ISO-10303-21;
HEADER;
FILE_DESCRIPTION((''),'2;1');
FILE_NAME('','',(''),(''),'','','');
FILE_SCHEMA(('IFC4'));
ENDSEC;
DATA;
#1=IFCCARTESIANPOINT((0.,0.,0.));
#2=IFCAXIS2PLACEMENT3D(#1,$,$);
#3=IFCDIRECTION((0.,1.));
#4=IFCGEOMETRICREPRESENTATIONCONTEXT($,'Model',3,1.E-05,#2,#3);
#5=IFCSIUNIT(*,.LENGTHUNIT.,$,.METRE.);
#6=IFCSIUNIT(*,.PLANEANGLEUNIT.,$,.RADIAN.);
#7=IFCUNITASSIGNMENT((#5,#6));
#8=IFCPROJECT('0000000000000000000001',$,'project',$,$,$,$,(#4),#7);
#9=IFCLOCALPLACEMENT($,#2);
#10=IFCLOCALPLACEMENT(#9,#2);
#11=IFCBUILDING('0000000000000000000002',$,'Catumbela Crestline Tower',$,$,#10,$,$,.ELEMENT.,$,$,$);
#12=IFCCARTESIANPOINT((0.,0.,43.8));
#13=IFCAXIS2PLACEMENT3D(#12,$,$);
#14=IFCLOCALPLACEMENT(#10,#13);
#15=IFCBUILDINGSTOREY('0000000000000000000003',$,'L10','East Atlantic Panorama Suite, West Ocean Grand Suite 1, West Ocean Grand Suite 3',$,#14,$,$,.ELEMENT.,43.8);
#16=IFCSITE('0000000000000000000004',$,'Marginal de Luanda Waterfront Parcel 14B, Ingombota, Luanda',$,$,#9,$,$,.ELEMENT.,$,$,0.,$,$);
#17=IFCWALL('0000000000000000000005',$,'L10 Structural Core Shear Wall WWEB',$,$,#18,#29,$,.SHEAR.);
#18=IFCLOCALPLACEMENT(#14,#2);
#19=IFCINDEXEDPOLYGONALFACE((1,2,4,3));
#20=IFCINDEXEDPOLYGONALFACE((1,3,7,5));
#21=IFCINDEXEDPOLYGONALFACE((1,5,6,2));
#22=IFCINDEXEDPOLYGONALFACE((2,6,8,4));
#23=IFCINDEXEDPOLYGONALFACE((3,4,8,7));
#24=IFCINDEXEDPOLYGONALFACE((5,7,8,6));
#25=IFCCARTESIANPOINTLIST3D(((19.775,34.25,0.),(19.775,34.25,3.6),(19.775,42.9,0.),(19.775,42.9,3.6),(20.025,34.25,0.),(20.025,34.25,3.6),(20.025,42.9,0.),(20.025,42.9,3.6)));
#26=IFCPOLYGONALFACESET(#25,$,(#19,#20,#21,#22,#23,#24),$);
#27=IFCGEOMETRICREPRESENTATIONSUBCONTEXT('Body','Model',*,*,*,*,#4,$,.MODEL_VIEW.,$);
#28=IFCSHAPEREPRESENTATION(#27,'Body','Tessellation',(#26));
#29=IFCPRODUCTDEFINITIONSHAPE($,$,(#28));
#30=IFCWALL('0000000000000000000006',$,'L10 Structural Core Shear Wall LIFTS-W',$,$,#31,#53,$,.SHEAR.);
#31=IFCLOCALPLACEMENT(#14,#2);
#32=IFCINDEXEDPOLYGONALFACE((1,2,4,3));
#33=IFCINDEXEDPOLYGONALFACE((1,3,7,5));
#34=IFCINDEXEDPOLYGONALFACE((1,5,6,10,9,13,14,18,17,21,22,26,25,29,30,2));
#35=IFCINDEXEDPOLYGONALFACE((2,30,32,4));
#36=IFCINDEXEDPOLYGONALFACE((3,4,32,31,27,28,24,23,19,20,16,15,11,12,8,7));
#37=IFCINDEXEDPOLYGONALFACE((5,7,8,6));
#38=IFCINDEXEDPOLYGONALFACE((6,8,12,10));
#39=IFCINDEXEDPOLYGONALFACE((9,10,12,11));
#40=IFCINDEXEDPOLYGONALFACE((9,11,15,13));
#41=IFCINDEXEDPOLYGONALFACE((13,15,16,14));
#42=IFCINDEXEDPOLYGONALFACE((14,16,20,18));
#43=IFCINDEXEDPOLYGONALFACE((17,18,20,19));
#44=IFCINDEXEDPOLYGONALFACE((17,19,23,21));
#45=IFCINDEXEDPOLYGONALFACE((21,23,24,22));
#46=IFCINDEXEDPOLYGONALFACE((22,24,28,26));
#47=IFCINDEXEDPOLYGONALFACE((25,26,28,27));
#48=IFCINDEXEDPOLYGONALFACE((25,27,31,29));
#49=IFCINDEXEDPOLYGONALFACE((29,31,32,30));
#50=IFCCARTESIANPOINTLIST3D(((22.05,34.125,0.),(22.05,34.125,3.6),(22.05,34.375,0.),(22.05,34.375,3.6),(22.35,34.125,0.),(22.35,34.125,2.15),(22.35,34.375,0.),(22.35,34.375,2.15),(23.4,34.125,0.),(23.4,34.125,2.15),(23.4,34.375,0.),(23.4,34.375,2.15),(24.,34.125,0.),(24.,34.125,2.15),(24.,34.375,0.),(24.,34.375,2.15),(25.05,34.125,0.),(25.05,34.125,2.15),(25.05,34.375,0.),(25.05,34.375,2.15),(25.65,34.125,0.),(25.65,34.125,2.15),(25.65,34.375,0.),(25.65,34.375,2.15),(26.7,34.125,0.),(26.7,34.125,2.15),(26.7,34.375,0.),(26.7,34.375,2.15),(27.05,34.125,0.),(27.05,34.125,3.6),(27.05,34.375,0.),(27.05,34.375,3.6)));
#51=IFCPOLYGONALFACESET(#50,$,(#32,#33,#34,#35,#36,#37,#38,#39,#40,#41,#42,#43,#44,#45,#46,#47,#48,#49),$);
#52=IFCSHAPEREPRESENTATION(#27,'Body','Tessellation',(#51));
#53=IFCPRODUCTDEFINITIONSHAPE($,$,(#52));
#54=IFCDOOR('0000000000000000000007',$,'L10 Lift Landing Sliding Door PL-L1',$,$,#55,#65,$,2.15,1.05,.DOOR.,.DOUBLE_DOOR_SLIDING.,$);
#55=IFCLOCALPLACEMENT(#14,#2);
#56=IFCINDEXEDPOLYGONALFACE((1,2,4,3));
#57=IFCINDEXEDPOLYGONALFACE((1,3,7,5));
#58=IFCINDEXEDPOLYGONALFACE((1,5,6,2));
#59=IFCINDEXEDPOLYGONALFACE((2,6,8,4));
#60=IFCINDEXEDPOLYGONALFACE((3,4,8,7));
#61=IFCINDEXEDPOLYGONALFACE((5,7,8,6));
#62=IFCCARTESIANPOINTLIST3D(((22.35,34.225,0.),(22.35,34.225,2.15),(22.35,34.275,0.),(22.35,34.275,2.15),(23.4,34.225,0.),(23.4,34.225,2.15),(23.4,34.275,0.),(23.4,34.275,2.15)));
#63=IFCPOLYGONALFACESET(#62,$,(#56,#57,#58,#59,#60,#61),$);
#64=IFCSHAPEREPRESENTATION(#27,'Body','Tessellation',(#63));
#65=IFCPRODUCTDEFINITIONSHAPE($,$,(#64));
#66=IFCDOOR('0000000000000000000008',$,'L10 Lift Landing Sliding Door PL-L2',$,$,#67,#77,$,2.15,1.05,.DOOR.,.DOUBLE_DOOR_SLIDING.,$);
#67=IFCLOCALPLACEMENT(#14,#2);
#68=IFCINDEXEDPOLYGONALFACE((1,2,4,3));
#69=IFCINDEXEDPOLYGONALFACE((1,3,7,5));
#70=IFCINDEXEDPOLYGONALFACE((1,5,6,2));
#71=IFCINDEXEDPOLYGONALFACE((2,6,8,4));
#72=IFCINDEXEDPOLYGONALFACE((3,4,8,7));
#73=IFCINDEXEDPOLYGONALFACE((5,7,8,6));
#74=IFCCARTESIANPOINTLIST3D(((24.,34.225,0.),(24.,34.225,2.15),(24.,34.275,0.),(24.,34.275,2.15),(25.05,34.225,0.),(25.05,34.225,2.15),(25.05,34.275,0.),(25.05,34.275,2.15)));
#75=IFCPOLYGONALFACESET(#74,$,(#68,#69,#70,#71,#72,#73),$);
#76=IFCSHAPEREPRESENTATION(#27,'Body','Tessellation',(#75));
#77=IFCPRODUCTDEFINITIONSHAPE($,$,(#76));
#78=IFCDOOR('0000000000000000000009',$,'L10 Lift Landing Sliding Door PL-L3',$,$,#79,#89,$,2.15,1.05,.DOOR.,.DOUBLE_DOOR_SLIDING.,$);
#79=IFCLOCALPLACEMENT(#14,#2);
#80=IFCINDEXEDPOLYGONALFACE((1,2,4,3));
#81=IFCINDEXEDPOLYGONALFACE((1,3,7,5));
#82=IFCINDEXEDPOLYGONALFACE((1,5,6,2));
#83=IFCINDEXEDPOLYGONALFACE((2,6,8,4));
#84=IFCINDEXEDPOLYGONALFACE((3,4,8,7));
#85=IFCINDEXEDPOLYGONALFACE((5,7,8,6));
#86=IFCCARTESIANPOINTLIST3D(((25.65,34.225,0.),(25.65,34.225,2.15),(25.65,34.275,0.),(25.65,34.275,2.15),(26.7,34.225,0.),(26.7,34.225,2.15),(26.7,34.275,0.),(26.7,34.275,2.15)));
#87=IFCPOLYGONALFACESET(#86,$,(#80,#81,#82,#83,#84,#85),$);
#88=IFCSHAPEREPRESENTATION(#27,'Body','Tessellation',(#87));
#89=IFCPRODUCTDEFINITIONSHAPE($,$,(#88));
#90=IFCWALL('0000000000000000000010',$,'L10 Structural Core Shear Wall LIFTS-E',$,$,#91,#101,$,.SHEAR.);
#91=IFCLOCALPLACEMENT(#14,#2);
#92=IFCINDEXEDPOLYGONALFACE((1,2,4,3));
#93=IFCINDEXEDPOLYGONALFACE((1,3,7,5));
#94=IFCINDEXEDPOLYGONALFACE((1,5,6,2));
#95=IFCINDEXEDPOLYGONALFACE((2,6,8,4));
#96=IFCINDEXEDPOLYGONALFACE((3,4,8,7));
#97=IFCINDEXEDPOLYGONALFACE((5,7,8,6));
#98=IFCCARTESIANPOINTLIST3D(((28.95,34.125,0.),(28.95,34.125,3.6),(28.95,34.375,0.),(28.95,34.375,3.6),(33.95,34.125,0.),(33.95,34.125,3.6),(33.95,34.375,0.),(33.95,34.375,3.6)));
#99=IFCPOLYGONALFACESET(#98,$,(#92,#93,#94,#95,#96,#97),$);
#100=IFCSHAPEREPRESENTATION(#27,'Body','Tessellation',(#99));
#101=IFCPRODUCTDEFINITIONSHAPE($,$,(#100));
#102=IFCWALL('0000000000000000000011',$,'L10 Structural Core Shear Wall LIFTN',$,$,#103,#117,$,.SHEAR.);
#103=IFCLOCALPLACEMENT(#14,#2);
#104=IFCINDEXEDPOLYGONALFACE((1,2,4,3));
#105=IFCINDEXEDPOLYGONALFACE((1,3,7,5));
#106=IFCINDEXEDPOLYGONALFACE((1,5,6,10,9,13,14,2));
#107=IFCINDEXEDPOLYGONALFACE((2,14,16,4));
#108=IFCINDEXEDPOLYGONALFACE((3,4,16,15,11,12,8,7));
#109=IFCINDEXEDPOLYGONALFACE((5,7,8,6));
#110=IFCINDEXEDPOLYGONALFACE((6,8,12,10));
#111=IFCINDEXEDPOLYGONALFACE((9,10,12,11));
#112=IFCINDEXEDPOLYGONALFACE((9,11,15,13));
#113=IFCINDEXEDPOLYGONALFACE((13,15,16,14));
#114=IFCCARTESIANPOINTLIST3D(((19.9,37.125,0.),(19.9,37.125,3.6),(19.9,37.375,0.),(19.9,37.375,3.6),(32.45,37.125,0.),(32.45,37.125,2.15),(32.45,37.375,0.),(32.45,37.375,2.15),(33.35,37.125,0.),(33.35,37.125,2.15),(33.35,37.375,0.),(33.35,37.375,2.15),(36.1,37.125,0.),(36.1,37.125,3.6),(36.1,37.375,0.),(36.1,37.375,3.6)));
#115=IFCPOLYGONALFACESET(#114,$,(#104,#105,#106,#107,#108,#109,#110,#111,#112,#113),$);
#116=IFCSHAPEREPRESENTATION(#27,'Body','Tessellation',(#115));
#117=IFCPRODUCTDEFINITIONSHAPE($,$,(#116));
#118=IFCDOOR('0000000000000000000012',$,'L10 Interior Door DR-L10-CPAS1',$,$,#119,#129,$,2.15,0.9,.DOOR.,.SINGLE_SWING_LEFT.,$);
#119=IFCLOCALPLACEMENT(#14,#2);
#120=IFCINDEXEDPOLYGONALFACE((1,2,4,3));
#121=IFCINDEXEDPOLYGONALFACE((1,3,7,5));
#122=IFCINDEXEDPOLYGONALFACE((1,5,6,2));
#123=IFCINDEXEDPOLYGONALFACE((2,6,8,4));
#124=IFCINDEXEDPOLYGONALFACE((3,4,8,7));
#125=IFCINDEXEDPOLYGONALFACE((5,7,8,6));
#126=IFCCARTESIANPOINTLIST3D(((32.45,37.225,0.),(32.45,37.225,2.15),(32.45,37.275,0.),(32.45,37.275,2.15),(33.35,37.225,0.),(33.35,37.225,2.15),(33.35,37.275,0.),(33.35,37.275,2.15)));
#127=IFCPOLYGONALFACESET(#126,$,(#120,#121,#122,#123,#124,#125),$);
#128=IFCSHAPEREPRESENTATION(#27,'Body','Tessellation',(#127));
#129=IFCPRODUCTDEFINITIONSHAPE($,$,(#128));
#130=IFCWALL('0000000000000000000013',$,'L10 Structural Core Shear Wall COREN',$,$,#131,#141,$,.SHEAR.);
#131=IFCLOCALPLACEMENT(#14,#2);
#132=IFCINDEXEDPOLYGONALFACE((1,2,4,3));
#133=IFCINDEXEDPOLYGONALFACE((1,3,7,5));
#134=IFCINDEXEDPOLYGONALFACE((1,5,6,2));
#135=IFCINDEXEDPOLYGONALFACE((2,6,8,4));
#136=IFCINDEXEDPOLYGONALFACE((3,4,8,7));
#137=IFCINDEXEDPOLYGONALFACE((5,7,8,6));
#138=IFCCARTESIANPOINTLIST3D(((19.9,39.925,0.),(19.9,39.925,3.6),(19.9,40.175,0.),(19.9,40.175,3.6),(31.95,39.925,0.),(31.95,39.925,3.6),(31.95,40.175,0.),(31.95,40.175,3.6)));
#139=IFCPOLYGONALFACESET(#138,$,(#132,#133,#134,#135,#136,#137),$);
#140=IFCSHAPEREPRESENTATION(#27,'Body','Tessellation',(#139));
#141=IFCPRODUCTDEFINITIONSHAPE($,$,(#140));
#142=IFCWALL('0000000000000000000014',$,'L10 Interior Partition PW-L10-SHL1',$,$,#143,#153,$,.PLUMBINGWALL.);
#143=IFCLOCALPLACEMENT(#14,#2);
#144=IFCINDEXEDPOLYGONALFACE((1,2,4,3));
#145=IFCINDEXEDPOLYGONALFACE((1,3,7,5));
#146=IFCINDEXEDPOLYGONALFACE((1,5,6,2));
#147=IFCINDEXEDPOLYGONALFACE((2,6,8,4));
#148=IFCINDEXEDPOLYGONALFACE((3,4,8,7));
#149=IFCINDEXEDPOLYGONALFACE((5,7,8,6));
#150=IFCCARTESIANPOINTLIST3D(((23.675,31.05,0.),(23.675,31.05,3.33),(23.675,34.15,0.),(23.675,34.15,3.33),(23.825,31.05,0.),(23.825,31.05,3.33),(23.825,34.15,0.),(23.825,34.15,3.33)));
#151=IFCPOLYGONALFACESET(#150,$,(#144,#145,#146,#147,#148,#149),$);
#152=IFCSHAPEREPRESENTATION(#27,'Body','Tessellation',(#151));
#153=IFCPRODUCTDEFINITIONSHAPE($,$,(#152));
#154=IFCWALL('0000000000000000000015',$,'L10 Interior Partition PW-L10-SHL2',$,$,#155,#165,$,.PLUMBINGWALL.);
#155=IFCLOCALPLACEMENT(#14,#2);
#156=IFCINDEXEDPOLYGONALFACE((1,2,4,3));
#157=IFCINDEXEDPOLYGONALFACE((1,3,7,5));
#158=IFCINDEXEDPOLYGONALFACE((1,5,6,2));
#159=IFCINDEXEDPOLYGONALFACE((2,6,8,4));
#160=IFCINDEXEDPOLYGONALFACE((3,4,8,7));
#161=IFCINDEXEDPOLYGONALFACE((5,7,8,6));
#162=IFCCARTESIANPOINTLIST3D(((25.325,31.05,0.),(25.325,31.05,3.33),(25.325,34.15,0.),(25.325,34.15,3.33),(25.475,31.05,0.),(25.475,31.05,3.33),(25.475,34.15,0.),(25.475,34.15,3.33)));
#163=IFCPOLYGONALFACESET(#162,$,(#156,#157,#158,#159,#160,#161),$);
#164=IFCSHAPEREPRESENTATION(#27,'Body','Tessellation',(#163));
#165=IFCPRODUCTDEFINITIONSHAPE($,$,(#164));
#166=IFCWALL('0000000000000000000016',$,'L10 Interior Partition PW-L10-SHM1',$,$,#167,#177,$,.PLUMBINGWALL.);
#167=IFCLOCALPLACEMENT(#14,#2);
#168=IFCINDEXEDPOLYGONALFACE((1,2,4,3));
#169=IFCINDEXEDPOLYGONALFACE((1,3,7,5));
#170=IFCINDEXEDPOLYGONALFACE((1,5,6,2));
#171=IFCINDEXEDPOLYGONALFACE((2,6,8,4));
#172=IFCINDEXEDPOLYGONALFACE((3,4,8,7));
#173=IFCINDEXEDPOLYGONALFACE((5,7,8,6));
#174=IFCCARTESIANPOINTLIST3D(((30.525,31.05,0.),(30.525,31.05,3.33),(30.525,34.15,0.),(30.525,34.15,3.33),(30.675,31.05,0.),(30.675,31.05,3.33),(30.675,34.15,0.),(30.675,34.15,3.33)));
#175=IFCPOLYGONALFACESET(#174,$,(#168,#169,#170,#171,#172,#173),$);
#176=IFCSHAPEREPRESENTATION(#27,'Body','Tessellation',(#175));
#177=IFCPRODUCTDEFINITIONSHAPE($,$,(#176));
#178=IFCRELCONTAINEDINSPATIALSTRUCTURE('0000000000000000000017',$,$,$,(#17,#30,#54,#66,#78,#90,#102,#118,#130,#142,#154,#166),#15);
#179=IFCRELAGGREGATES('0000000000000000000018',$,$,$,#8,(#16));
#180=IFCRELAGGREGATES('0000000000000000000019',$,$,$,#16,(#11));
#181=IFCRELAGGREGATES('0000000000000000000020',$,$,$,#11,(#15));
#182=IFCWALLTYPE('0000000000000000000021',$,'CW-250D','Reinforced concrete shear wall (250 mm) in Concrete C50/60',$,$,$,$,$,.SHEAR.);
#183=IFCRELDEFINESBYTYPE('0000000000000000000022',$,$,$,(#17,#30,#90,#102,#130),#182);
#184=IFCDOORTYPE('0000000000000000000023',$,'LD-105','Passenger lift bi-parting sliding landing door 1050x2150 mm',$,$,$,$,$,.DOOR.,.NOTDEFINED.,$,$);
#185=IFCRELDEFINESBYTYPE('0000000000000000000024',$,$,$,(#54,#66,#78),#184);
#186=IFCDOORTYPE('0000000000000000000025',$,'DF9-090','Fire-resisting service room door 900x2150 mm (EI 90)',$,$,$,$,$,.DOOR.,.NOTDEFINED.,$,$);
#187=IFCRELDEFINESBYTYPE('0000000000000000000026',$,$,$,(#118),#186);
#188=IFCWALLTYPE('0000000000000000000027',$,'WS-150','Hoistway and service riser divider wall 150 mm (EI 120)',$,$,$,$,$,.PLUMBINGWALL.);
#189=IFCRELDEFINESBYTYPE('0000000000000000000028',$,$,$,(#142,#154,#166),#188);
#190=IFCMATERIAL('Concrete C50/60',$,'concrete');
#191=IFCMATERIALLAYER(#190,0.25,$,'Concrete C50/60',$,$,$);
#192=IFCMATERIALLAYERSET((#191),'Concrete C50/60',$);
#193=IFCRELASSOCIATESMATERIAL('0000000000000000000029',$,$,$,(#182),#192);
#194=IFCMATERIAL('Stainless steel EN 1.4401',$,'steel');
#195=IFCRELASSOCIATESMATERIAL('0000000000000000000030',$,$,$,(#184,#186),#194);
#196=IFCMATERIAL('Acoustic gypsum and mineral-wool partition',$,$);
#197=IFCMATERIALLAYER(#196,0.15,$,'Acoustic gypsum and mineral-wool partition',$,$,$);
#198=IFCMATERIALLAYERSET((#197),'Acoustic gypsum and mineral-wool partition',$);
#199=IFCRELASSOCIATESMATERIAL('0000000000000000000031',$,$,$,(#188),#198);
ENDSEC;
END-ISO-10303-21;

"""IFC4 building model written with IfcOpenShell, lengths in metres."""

from ifc_helpers import new_model, si_unit, direction, frame, frame_2d, origin, place, context, subcontext, project, spatial, rectangle, extrude, material, layer, layer_set, type_object, element, fill, save


model = new_model("IFC4")

# Units and contexts
model_context = context("Model", 3, precision=1e-05, world=origin(), true_north=direction((0.0, 1.0)))
body_context = subcontext(model_context, "Body", "Model", "MODEL_VIEW")
ifc_project = project(units=[si_unit("LENGTHUNIT", "METRE"), si_unit("PLANEANGLEUNIT", "RADIAN")], contexts=[model_context])

# Site, building, storey
site_placement = place(None, origin())
site = spatial("IfcSite", under=ifc_project, at=site_placement, Name="Marginal de Luanda Waterfront Parcel 14B, Ingombota, Luanda", CompositionType="ELEMENT", RefElevation=0.0)
building_placement = place(site_placement, origin())
building = spatial("IfcBuilding", under=site, at=building_placement, Name="Catumbela Crestline Tower", CompositionType="ELEMENT")
storey_placement = place(building_placement, frame((0.0, 0.0, 43.8)))
storey = spatial("IfcBuildingStorey", under=building, at=storey_placement, Name="L10", Description="East Atlantic Panorama Suite, West Ocean Grand Suite 1, West Ocean Grand Suite 3", CompositionType="ELEMENT", Elevation=43.8)

# Wall
ifc_material_1 = material(Name="Concrete C50/60", Category="concrete")
ifc_layer_1 = layer(ifc_material_1, 0.25, Name="Concrete C50/60")
ifc_layer_set_1 = layer_set([ifc_layer_1], Name="Concrete C50/60")
wall_type_1 = type_object("IfcWallType", Name="CW-250D", Description="Reinforced concrete shear wall (250 mm) in Concrete C50/60", PredefinedType="SHEAR", material=ifc_layer_set_1)
wall_1_placement = place(storey_placement, frame((19.9, 34.25, 0.0), z_axis=(0.0, 0.0, 1.0), x_axis=(0.0, 1.0, 0.0)))
element("IfcWall", 1, at=wall_1_placement, inside=storey, type_object=wall_type_1, Name="L10 Structural Core Shear Wall WWEB", PredefinedType="SHEAR", context=body_context, shape_type="SweptSolid", body=[
    extrude(rectangle(XDim=8.65, YDim=0.25, at=frame_2d((4.325, 0.0))), origin(), (0.0, 0.0, 1.0), 3.6),
])

# Wall, openings, doors
wall_2_placement = place(storey_placement, frame((22.05, 34.25, 0.0), z_axis=(0.0, 0.0, 1.0), x_axis=(1.0, 0.0, 0.0)))
wall_2 = element("IfcWall", 2, at=wall_2_placement, inside=storey, type_object=wall_type_1, Name="L10 Structural Core Shear Wall LIFTS-W", PredefinedType="SHEAR", context=body_context, shape_type="SweptSolid", body=[
    extrude(rectangle(XDim=5.0, YDim=0.25, at=frame_2d((2.5, 0.0))), origin(), (0.0, 0.0, 1.0), 3.6),
])
opening_1_placement = place(wall_2_placement, frame((0.3, 0.0, 0.0)))
opening_1 = element("IfcOpeningElement", 3, at=opening_1_placement, cuts=wall_2, PredefinedType="OPENING", context=body_context, shape_type="SweptSolid", body=[
    extrude(rectangle(XDim=1.05, YDim=2.15, at=frame_2d((0.525, 1.075))), frame((0.0, 0.135, 0.0), z_axis=(0.0, -1.0, 0.0), x_axis=(1.0, 0.0, 0.0)), (0.0, 0.0, 1.0), 0.27),
])
opening_2_placement = place(wall_2_placement, frame((1.95, 0.0, 0.0)))
opening_2 = element("IfcOpeningElement", 4, at=opening_2_placement, cuts=wall_2, PredefinedType="OPENING", context=body_context, shape_type="SweptSolid", body=[
    extrude(rectangle(XDim=1.05, YDim=2.15, at=frame_2d((0.525, 1.075))), frame((0.0, 0.135, 0.0), z_axis=(0.0, -1.0, 0.0), x_axis=(1.0, 0.0, 0.0)), (0.0, 0.0, 1.0), 0.27),
])
opening_3_placement = place(wall_2_placement, frame((3.6, 0.0, 0.0)))
opening_3 = element("IfcOpeningElement", 5, at=opening_3_placement, cuts=wall_2, PredefinedType="OPENING", context=body_context, shape_type="SweptSolid", body=[
    extrude(rectangle(XDim=1.05, YDim=2.15, at=frame_2d((0.525, 1.075))), frame((0.0, 0.135, 0.0), z_axis=(0.0, -1.0, 0.0), x_axis=(1.0, 0.0, 0.0)), (0.0, 0.0, 1.0), 0.27),
])
ifc_material_2 = material(Name="Stainless steel EN 1.4401", Category="steel")
door_type_1 = type_object("IfcDoorType", Name="LD-105", Description="Passenger lift bi-parting sliding landing door 1050x2150 mm", OperationType="NOTDEFINED", PredefinedType="DOOR", material=ifc_material_2)
door_1_placement = place(opening_1_placement, origin())
door_1 = element("IfcDoor", 6, at=door_1_placement, inside=storey, type_object=door_type_1, Name="L10 Lift Landing Sliding Door PL-L1", OperationType="DOUBLE_DOOR_SLIDING", OverallHeight=2.15, OverallWidth=1.05, PredefinedType="DOOR", context=body_context, shape_type="SweptSolid", body=[
    extrude(rectangle(XDim=1.05, YDim=2.15, at=frame_2d((0.525, 1.075))), frame((0.0, 0.025, 0.0), z_axis=(0.0, -1.0, 0.0), x_axis=(1.0, 0.0, 0.0)), (0.0, 0.0, 1.0), 0.05),
])
fill(opening_1, door_1)
door_2_placement = place(opening_2_placement, origin())
door_2 = element("IfcDoor", 7, at=door_2_placement, inside=storey, type_object=door_type_1, Name="L10 Lift Landing Sliding Door PL-L2", OperationType="DOUBLE_DOOR_SLIDING", OverallHeight=2.15, OverallWidth=1.05, PredefinedType="DOOR", context=body_context, shape_type="SweptSolid", body=[
    extrude(rectangle(XDim=1.05, YDim=2.15, at=frame_2d((0.525, 1.075))), frame((0.0, 0.025, 0.0), z_axis=(0.0, -1.0, 0.0), x_axis=(1.0, 0.0, 0.0)), (0.0, 0.0, 1.0), 0.05),
])
fill(opening_2, door_2)
door_3_placement = place(opening_3_placement, origin())
door_3 = element("IfcDoor", 8, at=door_3_placement, inside=storey, type_object=door_type_1, Name="L10 Lift Landing Sliding Door PL-L3", OperationType="DOUBLE_DOOR_SLIDING", OverallHeight=2.15, OverallWidth=1.05, PredefinedType="DOOR", context=body_context, shape_type="SweptSolid", body=[
    extrude(rectangle(XDim=1.05, YDim=2.15, at=frame_2d((0.525, 1.075))), frame((0.0, 0.025, 0.0), z_axis=(0.0, -1.0, 0.0), x_axis=(1.0, 0.0, 0.0)), (0.0, 0.0, 1.0), 0.05),
])
fill(opening_3, door_3)

# Wall
wall_3_placement = place(storey_placement, frame((28.95, 34.25, 0.0), z_axis=(0.0, 0.0, 1.0), x_axis=(1.0, 0.0, 0.0)))
element("IfcWall", 9, at=wall_3_placement, inside=storey, type_object=wall_type_1, Name="L10 Structural Core Shear Wall LIFTS-E", PredefinedType="SHEAR", context=body_context, shape_type="SweptSolid", body=[
    extrude(rectangle(XDim=5.0, YDim=0.25, at=frame_2d((2.5, 0.0))), origin(), (0.0, 0.0, 1.0), 3.6),
])

# Wall, opening, door
wall_4_placement = place(storey_placement, frame((19.9, 37.25, 0.0), z_axis=(0.0, 0.0, 1.0), x_axis=(1.0, 0.0, 0.0)))
wall_4 = element("IfcWall", 10, at=wall_4_placement, inside=storey, type_object=wall_type_1, Name="L10 Structural Core Shear Wall LIFTN", PredefinedType="SHEAR", context=body_context, shape_type="SweptSolid", body=[
    extrude(rectangle(XDim=16.2, YDim=0.25, at=frame_2d((8.1, 0.0))), origin(), (0.0, 0.0, 1.0), 3.6),
])
opening_4_placement = place(wall_4_placement, frame((12.55, 0.0, 0.0)))
opening_4 = element("IfcOpeningElement", 11, at=opening_4_placement, cuts=wall_4, PredefinedType="OPENING", context=body_context, shape_type="SweptSolid", body=[
    extrude(rectangle(XDim=0.9, YDim=2.15, at=frame_2d((0.45, 1.075))), frame((0.0, 0.135, 0.0), z_axis=(0.0, -1.0, 0.0), x_axis=(1.0, 0.0, 0.0)), (0.0, 0.0, 1.0), 0.27),
])
door_type_2 = type_object("IfcDoorType", Name="DF9-090", Description="Fire-resisting service room door 900x2150 mm (EI 90)", OperationType="NOTDEFINED", PredefinedType="DOOR", material=ifc_material_2)
door_4_placement = place(opening_4_placement, origin())
door_4 = element("IfcDoor", 12, at=door_4_placement, inside=storey, type_object=door_type_2, Name="L10 Interior Door DR-L10-CPAS1", OperationType="SINGLE_SWING_LEFT", OverallHeight=2.15, OverallWidth=0.9, PredefinedType="DOOR", context=body_context, shape_type="SweptSolid", body=[
    extrude(rectangle(XDim=0.9, YDim=2.15, at=frame_2d((0.45, 1.075))), frame((0.0, 0.025, 0.0), z_axis=(0.0, -1.0, 0.0), x_axis=(1.0, 0.0, 0.0)), (0.0, 0.0, 1.0), 0.05),
])
fill(opening_4, door_4)

# Walls
wall_5_placement = place(storey_placement, frame((19.9, 40.05, 0.0), z_axis=(0.0, 0.0, 1.0), x_axis=(1.0, 0.0, 0.0)))
element("IfcWall", 13, at=wall_5_placement, inside=storey, type_object=wall_type_1, Name="L10 Structural Core Shear Wall COREN", PredefinedType="SHEAR", context=body_context, shape_type="SweptSolid", body=[
    extrude(rectangle(XDim=12.05, YDim=0.25, at=frame_2d((6.025, 0.0))), origin(), (0.0, 0.0, 1.0), 3.6),
])
ifc_material_3 = material(Name="Acoustic gypsum and mineral-wool partition")
ifc_layer_2 = layer(ifc_material_3, 0.15, Name="Acoustic gypsum and mineral-wool partition")
ifc_layer_set_2 = layer_set([ifc_layer_2], Name="Acoustic gypsum and mineral-wool partition")
wall_type_2 = type_object("IfcWallType", Name="WS-150", Description="Hoistway and service riser divider wall 150 mm (EI 120)", PredefinedType="PLUMBINGWALL", material=ifc_layer_set_2)
for number, where, z_axis, x_axis, name in (
    (14, (23.75, 31.05, 0.0), (0.0, 0.0, 1.0), (0.0, 1.0, 0.0), "L10 Interior Partition PW-L10-SHL1"),
    (15, (25.4, 31.05, 0.0), (0.0, 0.0, 1.0), (0.0, 1.0, 0.0), "L10 Interior Partition PW-L10-SHL2"),
    (16, (30.6, 31.05, 0.0), (0.0, 0.0, 1.0), (0.0, 1.0, 0.0), "L10 Interior Partition PW-L10-SHM1"),
):
    element("IfcWall", number, at=place(storey_placement, frame(where, z_axis=z_axis, x_axis=x_axis)), inside=storey, type_object=wall_type_2, Name=name, PredefinedType="PLUMBINGWALL", context=body_context, shape_type="SweptSolid", body=[
        extrude(rectangle(XDim=3.1, YDim=0.15, at=frame_2d((1.55, 0.0))), origin(), (0.0, 0.0, 1.0), 3.33),
    ])

save(model, "model.ifc")
